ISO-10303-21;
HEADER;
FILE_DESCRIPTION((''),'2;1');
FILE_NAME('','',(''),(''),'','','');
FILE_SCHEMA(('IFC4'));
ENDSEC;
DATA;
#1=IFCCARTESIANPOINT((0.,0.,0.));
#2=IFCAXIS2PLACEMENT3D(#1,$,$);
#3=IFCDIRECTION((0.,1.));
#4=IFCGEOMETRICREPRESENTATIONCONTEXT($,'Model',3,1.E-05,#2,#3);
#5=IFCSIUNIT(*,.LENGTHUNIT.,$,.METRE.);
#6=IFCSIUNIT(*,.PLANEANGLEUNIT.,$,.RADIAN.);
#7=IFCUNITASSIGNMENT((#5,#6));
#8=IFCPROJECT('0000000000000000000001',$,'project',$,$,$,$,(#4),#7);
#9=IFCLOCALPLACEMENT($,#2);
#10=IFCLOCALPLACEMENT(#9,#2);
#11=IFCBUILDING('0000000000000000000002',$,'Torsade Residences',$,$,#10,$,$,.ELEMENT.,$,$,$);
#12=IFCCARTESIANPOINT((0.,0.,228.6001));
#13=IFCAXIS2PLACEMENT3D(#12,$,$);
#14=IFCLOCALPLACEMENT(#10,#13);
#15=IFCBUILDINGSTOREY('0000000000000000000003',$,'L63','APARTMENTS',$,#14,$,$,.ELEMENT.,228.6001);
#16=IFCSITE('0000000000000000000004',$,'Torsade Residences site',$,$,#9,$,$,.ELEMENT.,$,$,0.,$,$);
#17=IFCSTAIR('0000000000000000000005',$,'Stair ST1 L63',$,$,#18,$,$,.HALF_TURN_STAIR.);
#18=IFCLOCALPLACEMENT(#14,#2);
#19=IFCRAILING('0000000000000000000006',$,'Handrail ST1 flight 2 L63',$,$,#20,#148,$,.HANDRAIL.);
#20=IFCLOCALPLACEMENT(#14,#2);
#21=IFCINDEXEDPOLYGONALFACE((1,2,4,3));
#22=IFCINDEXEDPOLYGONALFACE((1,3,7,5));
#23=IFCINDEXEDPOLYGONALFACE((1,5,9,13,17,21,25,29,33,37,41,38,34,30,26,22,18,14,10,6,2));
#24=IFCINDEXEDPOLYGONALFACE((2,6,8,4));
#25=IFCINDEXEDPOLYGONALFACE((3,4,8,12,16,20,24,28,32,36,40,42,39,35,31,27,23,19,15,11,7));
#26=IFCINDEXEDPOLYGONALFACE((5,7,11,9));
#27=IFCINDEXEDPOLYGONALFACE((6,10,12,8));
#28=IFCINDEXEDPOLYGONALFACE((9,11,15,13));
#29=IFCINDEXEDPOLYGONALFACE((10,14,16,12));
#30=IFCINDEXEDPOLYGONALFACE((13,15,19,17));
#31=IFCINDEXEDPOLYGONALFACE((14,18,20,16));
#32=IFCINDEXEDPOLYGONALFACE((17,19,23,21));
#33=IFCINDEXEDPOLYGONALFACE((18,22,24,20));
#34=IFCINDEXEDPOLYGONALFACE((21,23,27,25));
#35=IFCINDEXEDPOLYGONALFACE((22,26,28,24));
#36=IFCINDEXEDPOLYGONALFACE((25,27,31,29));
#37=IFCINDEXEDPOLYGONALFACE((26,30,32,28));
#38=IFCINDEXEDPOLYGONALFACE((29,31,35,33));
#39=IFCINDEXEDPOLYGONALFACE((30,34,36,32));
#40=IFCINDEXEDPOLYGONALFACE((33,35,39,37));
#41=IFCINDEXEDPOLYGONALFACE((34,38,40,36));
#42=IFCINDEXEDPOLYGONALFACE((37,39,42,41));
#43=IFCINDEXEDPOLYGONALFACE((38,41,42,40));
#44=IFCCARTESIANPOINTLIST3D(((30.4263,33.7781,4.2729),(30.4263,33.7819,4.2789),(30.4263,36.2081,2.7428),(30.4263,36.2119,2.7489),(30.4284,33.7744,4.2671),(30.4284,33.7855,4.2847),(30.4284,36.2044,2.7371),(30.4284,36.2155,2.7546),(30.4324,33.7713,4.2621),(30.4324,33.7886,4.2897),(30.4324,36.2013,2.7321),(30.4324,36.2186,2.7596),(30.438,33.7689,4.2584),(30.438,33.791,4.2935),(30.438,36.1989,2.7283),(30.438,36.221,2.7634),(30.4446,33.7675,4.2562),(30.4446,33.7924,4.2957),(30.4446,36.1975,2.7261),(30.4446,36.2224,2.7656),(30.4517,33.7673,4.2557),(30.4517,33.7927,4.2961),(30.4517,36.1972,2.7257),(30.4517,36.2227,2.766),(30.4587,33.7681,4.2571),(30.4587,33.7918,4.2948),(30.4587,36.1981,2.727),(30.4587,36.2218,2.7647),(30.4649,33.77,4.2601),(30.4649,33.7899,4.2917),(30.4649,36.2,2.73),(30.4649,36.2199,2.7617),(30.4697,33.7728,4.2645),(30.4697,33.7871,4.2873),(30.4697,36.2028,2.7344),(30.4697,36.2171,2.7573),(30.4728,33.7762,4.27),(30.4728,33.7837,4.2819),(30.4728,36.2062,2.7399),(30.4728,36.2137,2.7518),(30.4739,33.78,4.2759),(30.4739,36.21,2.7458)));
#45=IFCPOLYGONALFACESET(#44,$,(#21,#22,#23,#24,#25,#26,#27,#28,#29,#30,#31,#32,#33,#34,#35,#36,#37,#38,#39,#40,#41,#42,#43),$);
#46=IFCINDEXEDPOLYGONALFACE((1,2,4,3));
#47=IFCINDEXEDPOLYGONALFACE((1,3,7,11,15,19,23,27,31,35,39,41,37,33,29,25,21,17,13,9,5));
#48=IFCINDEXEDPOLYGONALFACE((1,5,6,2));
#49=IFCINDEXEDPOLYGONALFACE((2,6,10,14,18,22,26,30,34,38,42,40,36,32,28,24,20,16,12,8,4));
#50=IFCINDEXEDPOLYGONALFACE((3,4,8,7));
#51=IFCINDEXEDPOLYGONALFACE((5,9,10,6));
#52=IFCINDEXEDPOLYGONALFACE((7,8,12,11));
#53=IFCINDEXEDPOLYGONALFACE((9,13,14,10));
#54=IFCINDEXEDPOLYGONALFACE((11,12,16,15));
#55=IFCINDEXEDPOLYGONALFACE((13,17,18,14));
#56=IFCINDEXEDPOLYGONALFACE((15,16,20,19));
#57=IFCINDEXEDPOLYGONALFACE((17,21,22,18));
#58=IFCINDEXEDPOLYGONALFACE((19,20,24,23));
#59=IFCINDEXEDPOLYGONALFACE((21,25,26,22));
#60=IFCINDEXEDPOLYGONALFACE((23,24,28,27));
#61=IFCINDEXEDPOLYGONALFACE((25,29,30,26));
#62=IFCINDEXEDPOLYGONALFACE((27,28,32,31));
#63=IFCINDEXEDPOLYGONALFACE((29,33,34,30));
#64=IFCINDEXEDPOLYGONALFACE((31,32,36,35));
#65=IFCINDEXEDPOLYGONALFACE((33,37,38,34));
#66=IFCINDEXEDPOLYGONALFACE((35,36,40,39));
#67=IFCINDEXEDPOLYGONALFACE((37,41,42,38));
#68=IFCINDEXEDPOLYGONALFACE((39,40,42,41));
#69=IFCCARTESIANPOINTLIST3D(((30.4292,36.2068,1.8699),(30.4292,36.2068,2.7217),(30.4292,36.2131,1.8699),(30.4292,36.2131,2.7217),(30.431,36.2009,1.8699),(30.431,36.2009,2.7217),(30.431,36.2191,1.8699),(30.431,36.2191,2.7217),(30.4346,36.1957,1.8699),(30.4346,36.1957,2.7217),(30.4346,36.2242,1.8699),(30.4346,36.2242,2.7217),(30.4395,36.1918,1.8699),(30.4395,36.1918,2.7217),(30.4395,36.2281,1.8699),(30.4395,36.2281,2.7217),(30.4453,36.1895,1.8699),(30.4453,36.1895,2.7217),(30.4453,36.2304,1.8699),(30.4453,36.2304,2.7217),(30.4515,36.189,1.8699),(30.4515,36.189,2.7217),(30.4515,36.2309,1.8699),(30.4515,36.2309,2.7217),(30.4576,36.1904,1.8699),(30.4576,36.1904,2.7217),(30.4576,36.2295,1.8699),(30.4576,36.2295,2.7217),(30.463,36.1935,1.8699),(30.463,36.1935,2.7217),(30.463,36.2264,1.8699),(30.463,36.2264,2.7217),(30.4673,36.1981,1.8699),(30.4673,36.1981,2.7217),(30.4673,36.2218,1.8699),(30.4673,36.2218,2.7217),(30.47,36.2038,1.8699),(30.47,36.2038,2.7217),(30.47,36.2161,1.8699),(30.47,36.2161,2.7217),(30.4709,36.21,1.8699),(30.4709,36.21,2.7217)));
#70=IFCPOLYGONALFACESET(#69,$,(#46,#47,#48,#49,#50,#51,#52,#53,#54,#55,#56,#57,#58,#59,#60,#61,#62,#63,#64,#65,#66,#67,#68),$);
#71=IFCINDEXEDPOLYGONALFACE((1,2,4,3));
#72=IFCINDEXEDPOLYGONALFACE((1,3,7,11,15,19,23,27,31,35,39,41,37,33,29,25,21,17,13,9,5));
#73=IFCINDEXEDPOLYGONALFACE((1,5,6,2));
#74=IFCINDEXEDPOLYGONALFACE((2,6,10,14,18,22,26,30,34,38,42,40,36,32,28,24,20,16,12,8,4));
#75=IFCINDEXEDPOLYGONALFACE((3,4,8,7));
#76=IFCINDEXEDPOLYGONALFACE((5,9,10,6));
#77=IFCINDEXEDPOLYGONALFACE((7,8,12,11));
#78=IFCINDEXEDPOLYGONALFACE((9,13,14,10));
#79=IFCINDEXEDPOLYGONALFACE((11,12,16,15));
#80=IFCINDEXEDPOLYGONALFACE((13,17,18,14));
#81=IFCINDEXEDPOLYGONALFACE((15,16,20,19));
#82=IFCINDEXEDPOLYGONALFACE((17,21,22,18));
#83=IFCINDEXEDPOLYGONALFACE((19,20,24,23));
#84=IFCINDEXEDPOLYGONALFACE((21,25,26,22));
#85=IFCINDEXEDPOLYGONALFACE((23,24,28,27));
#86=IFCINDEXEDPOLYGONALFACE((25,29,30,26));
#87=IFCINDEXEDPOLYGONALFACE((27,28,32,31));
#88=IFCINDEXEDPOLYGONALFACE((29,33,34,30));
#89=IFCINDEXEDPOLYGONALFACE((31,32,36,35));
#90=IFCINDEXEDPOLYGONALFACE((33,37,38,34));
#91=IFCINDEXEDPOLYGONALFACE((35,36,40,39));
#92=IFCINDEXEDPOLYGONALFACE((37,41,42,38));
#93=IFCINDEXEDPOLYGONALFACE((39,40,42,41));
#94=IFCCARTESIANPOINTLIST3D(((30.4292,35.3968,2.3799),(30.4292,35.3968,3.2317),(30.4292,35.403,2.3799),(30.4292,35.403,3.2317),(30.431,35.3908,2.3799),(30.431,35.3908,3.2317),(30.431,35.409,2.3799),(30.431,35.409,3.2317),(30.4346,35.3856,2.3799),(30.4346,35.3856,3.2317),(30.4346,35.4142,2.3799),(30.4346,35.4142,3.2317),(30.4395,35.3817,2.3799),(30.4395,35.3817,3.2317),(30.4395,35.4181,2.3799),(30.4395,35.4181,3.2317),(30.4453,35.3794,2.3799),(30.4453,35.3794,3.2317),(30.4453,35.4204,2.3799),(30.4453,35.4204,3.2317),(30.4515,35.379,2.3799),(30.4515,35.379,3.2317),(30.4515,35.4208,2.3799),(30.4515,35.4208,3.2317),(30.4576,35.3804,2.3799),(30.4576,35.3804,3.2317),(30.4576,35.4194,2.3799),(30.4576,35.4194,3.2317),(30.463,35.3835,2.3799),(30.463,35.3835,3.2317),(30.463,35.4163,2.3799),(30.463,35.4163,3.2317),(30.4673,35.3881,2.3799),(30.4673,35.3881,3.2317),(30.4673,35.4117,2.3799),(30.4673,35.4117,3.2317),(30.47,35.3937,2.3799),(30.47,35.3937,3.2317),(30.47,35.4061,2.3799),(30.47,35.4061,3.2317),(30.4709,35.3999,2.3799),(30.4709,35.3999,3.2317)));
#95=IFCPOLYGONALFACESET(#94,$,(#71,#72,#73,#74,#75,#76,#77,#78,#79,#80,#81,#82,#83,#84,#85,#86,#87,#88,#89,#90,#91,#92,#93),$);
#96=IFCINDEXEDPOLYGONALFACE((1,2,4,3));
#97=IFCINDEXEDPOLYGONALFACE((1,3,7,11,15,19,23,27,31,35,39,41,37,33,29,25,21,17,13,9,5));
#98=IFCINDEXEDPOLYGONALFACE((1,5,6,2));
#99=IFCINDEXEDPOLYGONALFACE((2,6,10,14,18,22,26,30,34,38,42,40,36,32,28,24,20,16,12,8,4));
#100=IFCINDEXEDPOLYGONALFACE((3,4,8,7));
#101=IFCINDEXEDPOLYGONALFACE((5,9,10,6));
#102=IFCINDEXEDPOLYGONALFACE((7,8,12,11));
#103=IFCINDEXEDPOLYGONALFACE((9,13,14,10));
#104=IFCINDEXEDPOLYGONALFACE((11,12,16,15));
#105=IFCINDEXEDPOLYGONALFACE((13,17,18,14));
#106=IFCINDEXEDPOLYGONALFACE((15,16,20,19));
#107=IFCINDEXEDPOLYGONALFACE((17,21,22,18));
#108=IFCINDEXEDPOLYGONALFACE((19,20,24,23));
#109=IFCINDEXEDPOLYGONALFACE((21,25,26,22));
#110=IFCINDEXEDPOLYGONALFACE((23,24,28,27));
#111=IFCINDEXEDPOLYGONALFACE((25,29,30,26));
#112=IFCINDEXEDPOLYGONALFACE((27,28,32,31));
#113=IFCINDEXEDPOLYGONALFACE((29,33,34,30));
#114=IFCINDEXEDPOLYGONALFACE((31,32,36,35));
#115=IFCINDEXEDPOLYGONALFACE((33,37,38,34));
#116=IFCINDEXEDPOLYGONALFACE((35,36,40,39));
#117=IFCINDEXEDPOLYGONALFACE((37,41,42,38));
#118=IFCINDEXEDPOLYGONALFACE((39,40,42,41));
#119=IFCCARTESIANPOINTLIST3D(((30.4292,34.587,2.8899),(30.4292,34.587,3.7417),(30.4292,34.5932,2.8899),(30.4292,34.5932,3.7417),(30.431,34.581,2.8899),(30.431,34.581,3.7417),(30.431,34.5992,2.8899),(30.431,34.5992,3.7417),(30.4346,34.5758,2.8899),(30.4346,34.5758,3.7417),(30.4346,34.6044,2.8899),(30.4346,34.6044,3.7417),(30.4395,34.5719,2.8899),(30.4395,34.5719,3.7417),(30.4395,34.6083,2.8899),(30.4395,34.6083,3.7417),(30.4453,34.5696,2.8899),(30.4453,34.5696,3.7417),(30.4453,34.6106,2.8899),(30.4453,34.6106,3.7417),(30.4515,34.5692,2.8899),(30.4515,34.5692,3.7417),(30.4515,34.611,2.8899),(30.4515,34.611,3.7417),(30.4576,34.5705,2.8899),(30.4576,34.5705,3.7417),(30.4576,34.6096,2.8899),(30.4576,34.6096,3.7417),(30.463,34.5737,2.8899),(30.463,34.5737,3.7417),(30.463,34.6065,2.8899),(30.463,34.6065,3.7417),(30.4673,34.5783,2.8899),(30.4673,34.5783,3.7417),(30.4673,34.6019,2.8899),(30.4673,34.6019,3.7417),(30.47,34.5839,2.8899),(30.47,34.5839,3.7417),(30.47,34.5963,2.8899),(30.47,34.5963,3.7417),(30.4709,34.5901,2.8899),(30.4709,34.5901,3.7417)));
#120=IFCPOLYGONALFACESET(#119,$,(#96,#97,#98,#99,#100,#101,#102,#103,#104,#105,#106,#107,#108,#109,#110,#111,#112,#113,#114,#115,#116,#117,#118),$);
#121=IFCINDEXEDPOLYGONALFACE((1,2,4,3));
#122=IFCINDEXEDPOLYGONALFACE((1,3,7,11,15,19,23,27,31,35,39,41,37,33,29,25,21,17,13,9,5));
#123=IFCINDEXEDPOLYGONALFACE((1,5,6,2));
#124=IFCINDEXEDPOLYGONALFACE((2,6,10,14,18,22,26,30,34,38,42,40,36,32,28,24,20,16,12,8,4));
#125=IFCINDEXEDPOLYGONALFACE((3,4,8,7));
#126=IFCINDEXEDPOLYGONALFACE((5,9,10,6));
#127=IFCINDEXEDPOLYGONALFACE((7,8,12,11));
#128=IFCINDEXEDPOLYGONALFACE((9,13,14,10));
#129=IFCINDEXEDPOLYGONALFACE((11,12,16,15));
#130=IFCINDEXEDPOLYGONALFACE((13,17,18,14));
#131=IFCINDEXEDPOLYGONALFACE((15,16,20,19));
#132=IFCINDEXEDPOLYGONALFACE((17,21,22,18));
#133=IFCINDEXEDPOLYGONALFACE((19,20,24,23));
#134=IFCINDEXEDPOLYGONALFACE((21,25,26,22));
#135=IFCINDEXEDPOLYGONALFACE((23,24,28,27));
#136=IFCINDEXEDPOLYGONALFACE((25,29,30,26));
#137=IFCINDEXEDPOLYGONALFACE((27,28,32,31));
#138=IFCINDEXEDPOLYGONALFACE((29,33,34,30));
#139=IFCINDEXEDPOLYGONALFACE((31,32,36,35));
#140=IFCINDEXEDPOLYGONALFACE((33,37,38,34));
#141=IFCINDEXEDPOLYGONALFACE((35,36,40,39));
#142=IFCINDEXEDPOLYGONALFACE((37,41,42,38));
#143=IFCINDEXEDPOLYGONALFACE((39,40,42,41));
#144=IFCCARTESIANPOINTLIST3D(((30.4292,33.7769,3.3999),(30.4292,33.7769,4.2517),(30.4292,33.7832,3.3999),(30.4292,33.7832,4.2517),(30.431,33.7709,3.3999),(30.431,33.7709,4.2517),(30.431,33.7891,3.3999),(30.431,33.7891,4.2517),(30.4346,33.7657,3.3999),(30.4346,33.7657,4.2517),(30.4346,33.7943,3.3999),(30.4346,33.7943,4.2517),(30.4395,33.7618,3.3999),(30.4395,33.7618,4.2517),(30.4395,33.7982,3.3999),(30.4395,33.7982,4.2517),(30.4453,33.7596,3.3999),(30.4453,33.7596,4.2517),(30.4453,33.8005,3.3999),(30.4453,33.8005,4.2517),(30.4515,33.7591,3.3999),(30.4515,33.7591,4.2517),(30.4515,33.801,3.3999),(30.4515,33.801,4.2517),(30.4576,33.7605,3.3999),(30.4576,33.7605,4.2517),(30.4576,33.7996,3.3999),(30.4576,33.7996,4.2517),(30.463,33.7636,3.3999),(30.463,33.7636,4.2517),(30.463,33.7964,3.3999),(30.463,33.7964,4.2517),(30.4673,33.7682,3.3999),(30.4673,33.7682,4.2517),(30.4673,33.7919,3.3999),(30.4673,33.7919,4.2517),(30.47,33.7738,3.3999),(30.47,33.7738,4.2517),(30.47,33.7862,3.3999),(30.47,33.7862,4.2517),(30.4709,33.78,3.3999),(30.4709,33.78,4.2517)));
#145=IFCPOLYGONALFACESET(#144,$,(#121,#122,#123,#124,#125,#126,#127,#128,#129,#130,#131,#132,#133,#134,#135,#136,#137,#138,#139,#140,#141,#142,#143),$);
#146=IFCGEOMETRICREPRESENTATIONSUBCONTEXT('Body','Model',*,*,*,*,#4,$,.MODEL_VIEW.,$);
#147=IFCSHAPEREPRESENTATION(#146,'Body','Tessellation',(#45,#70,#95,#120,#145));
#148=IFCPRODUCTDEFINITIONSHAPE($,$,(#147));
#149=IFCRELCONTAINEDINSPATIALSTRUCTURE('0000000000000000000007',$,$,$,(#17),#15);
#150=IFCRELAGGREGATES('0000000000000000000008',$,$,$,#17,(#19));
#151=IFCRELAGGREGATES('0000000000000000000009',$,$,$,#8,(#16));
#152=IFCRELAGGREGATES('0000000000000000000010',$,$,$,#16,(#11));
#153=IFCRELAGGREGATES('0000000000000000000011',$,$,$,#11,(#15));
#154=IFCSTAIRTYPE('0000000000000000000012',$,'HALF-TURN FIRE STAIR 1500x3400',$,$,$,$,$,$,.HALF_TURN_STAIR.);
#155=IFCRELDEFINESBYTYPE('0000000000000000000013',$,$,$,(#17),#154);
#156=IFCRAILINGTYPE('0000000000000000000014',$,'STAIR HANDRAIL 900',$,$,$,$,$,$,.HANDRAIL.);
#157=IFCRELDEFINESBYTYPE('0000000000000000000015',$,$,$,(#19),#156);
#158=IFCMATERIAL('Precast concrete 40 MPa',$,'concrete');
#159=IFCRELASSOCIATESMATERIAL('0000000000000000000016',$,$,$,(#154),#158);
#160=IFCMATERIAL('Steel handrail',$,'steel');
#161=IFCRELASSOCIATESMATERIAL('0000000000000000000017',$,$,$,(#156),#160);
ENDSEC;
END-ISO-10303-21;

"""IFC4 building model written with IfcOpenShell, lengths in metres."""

from ifc_helpers import new_model, si_unit, direction, frame, origin, origin_2d, place, context, subcontext, project, spatial, circle, extrude, material, type_object, element, aggregate, save


model = new_model("IFC4")

# Units and contexts
model_context = context("Model", 3, precision=1e-05, world=origin(), true_north=direction((0.0, 1.0)))
body_context = subcontext(model_context, "Body", "Model", "MODEL_VIEW")
ifc_project = project(units=[si_unit("LENGTHUNIT", "METRE"), si_unit("PLANEANGLEUNIT", "RADIAN")], contexts=[model_context])

# Site, building, storey
site_placement = place(None, origin())
site = spatial("IfcSite", under=ifc_project, at=site_placement, Name="Torsade Residences site", CompositionType="ELEMENT", RefElevation=0.0)
building_placement = place(site_placement, origin())
building = spatial("IfcBuilding", under=site, at=building_placement, Name="Torsade Residences", CompositionType="ELEMENT")
storey_placement = place(building_placement, frame((0.0, 0.0, 228.6001)))
storey = spatial("IfcBuildingStorey", under=building, at=storey_placement, Name="L63", Description="APARTMENTS", CompositionType="ELEMENT", Elevation=228.6001)

# Stair, railing
ifc_material_1 = material(Name="Precast concrete 40 MPa", Category="concrete")
stair_type = type_object("IfcStairType", Name="HALF-TURN FIRE STAIR 1500x3400", PredefinedType="HALF_TURN_STAIR", material=ifc_material_1)
stair_placement = place(storey_placement, origin())
stair = element("IfcStair", 1, at=stair_placement, inside=storey, type_object=stair_type, Name="Stair ST1 L63", PredefinedType="HALF_TURN_STAIR")
ifc_material_2 = material(Name="Steel handrail", Category="steel")
railing_type = type_object("IfcRailingType", Name="STAIR HANDRAIL 900", PredefinedType="HANDRAIL", material=ifc_material_2)
railing_1_placement = place(storey_placement, frame((30.45, 36.21, 1.8699)))
railing_1 = element("IfcRailing", 2, at=railing_1_placement, type_object=railing_type, Name="Handrail ST1 flight 2 L63", PredefinedType="HANDRAIL", context=body_context, shape_type="SweptSolid", body=[
    extrude(circle(Radius=0.0239, at=origin_2d()), frame((0.0, 0.0, 0.876), z_axis=(0.0, -0.846221, 0.532831), x_axis=(1.0, 0.0, 0.0)), (0.0, 0.0, 1.0), 2.8716),
    extrude(circle(Radius=0.021, at=origin_2d()), origin(), (0.0, 0.0, 1.0), 0.8518),
    extrude(circle(Radius=0.021, at=origin_2d()), frame((0.0, -0.8101, 0.51)), (0.0, 0.0, 1.0), 0.8518),
    extrude(circle(Radius=0.021, at=origin_2d()), frame((0.0, -1.6199, 1.02)), (0.0, 0.0, 1.0), 0.8518),
    extrude(circle(Radius=0.021, at=origin_2d()), frame((0.0, -2.4299, 1.53)), (0.0, 0.0, 1.0), 0.8518),
])
aggregate(stair, [railing_1])

save(model, "model.ifc")
